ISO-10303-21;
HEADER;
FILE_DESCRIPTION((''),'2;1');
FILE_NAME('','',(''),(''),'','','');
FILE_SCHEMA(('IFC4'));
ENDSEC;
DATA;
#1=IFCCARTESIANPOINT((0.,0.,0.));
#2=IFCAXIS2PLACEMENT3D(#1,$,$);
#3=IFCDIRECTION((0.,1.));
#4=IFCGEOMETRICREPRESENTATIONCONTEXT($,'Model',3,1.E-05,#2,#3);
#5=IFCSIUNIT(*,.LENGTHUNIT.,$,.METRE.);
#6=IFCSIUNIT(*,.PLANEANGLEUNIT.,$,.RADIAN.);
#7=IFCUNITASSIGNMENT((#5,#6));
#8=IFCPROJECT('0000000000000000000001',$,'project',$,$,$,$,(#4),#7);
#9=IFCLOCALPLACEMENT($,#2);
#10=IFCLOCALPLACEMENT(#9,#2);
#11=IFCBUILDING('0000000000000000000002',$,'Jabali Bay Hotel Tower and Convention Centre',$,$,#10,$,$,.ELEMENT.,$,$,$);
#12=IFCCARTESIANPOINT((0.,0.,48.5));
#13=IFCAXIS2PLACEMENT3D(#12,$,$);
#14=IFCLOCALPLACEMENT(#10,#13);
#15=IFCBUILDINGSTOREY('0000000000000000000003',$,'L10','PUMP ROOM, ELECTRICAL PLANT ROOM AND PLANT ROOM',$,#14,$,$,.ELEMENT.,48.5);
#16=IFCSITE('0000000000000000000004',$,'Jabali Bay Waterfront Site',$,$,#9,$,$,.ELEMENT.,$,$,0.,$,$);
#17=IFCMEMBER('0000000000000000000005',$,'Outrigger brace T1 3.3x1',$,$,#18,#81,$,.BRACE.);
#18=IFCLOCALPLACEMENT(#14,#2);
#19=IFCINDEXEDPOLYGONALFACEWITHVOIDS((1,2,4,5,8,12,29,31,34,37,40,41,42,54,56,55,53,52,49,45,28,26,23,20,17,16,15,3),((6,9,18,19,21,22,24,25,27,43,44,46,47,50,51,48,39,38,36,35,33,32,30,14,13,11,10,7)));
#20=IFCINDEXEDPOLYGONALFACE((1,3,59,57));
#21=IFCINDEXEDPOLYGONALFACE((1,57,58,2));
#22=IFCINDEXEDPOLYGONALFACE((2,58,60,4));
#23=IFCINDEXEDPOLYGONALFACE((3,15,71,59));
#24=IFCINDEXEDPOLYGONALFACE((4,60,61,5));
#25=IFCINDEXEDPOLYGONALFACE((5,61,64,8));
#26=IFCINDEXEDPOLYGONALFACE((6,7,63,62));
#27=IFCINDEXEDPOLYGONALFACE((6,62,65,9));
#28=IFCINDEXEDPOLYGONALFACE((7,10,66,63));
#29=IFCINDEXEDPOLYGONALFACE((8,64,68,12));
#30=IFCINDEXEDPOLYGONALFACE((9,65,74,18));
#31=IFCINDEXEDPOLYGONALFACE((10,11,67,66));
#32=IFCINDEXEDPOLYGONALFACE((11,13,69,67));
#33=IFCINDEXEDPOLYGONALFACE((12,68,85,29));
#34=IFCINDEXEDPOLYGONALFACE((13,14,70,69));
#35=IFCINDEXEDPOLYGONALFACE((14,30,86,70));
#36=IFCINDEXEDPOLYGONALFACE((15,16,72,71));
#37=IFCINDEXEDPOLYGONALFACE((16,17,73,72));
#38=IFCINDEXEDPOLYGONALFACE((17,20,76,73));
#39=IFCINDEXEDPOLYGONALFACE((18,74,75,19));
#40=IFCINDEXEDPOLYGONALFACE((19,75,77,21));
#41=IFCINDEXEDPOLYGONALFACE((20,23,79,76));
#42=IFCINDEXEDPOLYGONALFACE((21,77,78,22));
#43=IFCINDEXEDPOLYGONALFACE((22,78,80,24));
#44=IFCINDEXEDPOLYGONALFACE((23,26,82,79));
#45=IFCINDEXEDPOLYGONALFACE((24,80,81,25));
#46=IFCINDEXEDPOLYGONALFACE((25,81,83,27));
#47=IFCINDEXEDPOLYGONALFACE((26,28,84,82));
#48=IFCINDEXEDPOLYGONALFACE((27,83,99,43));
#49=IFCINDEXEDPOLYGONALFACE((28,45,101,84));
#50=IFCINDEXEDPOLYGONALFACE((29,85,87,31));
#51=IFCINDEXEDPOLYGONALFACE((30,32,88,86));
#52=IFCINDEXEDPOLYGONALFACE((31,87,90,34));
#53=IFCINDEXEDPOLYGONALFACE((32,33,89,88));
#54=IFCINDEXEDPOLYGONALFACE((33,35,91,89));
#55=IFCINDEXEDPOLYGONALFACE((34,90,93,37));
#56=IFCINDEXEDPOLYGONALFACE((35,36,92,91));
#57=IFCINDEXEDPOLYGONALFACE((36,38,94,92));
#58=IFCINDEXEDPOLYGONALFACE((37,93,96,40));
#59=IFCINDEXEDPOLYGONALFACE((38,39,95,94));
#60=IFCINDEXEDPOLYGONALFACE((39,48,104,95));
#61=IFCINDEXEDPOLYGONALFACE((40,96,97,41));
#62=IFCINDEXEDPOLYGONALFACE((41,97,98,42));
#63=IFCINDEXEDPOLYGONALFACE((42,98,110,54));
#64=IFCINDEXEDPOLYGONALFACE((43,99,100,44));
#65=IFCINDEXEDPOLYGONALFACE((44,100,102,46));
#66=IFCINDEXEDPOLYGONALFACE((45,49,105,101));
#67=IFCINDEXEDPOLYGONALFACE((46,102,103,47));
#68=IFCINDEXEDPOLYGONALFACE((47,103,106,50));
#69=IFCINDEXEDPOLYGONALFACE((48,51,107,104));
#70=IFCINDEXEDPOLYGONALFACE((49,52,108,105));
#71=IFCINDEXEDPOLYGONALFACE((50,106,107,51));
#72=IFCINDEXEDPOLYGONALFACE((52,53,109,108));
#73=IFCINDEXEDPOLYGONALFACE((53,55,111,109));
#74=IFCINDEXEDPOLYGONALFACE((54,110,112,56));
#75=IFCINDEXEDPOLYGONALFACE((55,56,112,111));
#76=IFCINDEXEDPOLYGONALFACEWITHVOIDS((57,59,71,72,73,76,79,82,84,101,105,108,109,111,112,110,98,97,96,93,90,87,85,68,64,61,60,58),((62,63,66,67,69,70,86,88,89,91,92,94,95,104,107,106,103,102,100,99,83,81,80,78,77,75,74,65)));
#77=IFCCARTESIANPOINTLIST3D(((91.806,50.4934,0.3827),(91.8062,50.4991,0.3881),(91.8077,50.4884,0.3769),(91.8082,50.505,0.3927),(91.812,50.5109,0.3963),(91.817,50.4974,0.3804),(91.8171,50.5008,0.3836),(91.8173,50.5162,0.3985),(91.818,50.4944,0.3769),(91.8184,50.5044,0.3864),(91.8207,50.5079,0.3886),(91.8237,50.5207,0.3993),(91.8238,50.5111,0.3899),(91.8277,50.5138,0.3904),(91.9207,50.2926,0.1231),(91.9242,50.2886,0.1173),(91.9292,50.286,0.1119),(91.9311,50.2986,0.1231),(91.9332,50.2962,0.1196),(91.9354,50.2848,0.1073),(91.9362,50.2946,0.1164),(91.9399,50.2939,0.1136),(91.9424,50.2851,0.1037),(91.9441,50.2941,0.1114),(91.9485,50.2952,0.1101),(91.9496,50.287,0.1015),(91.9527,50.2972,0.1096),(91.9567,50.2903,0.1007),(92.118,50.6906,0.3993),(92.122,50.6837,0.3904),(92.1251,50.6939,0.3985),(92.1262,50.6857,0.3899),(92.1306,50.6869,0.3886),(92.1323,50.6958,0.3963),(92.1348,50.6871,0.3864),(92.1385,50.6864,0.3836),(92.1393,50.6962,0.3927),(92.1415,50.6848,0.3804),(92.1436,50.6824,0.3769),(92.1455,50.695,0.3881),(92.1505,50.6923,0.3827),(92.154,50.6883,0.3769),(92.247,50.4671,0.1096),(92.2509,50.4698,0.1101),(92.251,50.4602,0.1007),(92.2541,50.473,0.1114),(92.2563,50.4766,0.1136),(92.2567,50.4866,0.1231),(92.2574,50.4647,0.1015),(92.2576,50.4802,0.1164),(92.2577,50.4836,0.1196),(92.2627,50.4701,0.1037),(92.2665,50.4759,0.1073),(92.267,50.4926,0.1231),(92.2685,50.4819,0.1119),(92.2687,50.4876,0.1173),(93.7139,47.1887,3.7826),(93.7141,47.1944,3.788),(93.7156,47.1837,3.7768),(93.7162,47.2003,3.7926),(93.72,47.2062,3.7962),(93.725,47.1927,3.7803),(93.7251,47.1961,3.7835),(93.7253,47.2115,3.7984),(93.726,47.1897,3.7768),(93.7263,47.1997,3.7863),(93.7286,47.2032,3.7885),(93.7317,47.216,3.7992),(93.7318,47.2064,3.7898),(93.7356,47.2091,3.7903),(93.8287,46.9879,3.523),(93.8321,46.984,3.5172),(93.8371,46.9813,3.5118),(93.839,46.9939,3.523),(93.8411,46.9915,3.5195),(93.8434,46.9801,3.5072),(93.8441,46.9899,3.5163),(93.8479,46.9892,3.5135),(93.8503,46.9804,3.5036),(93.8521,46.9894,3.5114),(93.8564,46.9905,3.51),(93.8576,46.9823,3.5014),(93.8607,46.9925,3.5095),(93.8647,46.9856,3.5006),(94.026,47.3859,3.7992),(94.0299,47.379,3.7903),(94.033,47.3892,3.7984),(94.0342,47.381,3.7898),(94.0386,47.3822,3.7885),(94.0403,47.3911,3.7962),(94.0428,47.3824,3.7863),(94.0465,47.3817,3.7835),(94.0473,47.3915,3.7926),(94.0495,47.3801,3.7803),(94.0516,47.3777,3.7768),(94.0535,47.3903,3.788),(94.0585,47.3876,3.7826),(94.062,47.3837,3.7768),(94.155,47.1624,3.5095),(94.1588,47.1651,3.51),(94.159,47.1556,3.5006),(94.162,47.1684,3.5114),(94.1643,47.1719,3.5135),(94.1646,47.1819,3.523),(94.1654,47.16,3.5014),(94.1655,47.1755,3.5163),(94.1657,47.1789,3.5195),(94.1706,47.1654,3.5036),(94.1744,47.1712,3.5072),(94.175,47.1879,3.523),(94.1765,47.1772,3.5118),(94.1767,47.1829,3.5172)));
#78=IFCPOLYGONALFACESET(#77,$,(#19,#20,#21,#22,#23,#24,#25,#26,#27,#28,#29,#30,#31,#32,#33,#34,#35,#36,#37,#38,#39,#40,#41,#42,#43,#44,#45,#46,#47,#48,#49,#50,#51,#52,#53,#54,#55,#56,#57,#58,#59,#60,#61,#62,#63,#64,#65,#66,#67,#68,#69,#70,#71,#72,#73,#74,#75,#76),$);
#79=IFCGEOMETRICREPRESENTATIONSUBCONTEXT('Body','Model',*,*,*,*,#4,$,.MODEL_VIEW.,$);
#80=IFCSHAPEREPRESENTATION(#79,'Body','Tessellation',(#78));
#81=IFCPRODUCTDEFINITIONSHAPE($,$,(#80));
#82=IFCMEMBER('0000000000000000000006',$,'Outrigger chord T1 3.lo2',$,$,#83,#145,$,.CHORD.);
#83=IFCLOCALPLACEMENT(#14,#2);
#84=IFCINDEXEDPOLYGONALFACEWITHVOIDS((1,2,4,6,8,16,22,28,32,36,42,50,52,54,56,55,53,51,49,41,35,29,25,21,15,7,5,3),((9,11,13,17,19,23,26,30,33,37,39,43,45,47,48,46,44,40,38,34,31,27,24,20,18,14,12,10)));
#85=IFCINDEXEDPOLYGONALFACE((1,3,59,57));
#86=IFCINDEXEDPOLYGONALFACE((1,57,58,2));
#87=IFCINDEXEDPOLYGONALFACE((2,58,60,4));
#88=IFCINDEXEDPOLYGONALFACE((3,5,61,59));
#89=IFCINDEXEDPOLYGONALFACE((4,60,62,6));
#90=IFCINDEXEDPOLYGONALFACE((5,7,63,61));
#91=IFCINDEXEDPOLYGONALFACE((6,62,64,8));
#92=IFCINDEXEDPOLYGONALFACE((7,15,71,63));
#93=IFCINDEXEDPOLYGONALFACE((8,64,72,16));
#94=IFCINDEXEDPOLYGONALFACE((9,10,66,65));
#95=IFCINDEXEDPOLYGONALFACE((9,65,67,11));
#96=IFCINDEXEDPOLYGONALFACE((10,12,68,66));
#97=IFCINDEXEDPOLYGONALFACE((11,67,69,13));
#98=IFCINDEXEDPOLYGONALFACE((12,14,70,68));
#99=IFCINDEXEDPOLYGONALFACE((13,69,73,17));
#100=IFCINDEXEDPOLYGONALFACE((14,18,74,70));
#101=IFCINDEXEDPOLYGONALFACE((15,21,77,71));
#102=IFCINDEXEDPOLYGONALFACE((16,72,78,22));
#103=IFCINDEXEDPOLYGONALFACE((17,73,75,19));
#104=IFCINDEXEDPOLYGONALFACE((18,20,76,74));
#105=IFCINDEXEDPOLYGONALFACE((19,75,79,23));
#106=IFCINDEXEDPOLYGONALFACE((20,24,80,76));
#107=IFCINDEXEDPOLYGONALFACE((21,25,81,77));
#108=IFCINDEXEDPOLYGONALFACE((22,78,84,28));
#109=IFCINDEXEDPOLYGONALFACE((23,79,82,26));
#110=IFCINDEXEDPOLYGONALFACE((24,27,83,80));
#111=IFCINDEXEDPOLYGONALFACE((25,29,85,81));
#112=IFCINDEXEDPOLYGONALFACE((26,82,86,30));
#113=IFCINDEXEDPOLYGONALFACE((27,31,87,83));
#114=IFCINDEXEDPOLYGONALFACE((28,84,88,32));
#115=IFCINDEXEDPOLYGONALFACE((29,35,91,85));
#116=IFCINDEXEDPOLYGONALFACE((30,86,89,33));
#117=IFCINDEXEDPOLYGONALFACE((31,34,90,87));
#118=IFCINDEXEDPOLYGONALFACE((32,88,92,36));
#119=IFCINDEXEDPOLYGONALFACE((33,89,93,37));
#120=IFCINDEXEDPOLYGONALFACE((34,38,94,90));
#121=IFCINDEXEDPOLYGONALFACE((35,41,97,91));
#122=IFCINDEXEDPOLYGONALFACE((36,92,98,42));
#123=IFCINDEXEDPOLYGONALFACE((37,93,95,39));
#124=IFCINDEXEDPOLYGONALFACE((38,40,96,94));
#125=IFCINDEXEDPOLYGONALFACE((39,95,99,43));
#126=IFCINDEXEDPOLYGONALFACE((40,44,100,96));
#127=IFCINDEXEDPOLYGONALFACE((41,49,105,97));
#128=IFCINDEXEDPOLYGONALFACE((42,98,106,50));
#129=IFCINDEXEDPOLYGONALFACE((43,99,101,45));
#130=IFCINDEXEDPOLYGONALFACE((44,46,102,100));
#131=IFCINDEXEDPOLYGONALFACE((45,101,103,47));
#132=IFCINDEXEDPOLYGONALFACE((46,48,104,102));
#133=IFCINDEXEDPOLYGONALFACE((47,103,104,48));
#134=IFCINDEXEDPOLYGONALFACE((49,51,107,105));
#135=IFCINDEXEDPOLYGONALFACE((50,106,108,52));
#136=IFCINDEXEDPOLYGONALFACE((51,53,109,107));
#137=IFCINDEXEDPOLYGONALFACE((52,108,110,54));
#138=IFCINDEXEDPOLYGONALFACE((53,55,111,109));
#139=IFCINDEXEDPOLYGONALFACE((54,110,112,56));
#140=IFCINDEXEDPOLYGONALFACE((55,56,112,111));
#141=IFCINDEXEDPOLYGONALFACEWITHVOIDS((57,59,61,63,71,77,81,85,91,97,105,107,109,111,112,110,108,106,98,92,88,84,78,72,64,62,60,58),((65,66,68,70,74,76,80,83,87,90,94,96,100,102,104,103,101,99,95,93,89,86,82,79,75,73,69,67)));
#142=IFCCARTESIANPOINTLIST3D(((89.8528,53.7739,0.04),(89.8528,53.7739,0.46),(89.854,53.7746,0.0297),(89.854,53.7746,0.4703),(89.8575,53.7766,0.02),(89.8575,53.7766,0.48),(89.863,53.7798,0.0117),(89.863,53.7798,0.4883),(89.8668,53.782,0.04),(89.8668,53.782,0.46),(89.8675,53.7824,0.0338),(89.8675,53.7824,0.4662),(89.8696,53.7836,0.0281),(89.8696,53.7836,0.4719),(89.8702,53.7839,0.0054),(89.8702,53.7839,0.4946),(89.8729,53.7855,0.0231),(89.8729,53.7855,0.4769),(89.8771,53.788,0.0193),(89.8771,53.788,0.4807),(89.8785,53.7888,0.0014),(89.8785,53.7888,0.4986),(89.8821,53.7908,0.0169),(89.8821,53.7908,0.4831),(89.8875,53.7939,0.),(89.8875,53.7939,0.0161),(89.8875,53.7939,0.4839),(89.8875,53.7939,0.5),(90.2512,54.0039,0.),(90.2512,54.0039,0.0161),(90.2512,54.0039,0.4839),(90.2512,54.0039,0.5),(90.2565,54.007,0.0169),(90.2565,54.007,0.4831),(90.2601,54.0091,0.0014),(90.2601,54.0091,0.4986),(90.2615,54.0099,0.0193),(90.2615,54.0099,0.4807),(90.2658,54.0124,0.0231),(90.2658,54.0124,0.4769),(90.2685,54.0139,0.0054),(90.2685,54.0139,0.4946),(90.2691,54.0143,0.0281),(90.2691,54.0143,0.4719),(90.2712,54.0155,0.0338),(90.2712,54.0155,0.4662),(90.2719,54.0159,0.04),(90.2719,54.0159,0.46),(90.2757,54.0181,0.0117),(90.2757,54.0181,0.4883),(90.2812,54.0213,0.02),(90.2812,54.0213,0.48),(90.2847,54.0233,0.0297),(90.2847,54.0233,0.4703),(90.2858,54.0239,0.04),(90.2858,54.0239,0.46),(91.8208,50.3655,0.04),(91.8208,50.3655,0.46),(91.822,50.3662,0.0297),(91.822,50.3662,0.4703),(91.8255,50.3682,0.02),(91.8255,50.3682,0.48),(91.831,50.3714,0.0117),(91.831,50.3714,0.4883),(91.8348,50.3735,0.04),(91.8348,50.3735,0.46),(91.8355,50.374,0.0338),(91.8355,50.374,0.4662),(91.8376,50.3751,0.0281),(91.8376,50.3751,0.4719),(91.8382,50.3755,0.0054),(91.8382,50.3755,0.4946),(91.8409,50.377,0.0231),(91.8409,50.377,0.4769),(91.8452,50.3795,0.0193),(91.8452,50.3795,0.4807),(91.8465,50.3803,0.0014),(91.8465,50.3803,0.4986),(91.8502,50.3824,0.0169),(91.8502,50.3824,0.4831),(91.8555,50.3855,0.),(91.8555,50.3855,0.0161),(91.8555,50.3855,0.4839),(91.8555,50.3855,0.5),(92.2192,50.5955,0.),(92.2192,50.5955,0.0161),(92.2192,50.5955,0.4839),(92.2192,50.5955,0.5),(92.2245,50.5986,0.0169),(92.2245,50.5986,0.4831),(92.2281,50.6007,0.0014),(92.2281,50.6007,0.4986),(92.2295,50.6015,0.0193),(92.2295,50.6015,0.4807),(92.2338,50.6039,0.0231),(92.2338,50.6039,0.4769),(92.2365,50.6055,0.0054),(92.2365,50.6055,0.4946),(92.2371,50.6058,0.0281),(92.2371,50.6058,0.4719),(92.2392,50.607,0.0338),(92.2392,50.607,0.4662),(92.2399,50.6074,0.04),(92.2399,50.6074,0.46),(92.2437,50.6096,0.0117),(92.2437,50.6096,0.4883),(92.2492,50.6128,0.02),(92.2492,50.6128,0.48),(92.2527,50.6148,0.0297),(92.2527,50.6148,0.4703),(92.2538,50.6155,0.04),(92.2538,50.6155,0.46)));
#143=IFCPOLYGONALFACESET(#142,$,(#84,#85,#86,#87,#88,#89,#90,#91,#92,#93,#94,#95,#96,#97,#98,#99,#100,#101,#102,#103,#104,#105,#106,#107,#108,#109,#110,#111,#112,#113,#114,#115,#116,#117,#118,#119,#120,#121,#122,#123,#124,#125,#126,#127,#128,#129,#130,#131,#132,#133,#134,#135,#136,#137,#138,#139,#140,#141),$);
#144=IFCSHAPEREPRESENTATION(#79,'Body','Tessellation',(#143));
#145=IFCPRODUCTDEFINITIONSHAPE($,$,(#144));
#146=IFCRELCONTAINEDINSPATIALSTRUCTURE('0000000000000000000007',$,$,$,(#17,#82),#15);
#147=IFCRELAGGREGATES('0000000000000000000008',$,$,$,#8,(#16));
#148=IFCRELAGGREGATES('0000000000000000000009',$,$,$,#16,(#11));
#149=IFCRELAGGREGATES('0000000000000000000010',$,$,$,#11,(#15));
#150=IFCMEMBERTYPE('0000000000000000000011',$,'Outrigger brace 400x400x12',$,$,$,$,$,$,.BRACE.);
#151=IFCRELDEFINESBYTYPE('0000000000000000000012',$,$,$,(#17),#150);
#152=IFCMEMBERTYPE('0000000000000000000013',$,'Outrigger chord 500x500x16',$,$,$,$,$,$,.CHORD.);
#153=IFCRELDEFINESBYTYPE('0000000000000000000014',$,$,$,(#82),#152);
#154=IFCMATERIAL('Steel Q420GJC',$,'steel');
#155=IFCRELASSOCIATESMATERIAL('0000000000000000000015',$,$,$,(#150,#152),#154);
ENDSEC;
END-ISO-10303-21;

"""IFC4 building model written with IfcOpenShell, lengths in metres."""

from ifc_helpers import new_model, si_unit, direction, frame, origin, origin_2d, place, context, subcontext, project, spatial, hollow_rectangle, extrude, material, material_profile, profile_set, type_object, element, save


model = new_model("IFC4")

# Units and contexts
model_context = context("Model", 3, precision=1e-05, world=origin(), true_north=direction((0.0, 1.0)))
body_context = subcontext(model_context, "Body", "Model", "MODEL_VIEW")
ifc_project = project(units=[si_unit("LENGTHUNIT", "METRE"), si_unit("PLANEANGLEUNIT", "RADIAN")], contexts=[model_context])

# Site, building, storey
site_placement = place(None, origin())
site = spatial("IfcSite", under=ifc_project, at=site_placement, Name="Jabali Bay Waterfront Site", CompositionType="ELEMENT", RefElevation=0.0)
building_placement = place(site_placement, origin())
building = spatial("IfcBuilding", under=site, at=building_placement, Name="Jabali Bay Hotel Tower and Convention Centre", CompositionType="ELEMENT")
storey_placement = place(building_placement, frame((0.0, 0.0, 48.5)))
storey = spatial("IfcBuildingStorey", under=building, at=storey_placement, Name="L10", Description="PUMP ROOM, ELECTRICAL PLANT ROOM AND PLANT ROOM", CompositionType="ELEMENT", Elevation=48.5)

# Members
ifc_material_1 = material(Name="Steel Q420GJC", Category="steel")
ifc_material_profile_1 = material_profile(ifc_material_1, hollow_rectangle(XDim=0.3999, YDim=0.3999, WallThickness=0.012, InnerFilletRadius=0.0181, OuterFilletRadius=0.03, at=origin_2d()), Name="Outrigger brace 400x400x12")
ifc_profile_set_1 = profile_set([ifc_material_profile_1], Name="Steel Q420GJC")
member_type_1 = type_object("IfcMemberType", Name="Outrigger brace 400x400x12", PredefinedType="BRACE", material=ifc_profile_set_1)
member_1_placement = place(storey_placement, frame((92.0374, 50.4905, 0.25), z_axis=(0.373317, -0.646605, 0.665235), x_axis=(0.866026, 0.499999, 0.0)))
element("IfcMember", 1, at=member_1_placement, inside=storey, type_object=member_type_1, Name="Outrigger brace T1 3.3x1", PredefinedType="BRACE", context=body_context, shape_type="SweptSolid", body=[
    extrude(hollow_rectangle(XDim=0.3999, YDim=0.3999, WallThickness=0.012, InnerFilletRadius=0.0181, OuterFilletRadius=0.03, at=origin_2d()), origin(), (0.0, 0.0, 1.0), 5.1108),
])
ifc_material_profile_2 = material_profile(ifc_material_1, hollow_rectangle(XDim=0.5, YDim=0.5, WallThickness=0.0161, InnerFilletRadius=0.0239, OuterFilletRadius=0.04, at=origin_2d()), Name="Outrigger chord 500x500x16")
ifc_profile_set_2 = profile_set([ifc_material_profile_2], Name="Steel Q420GJC")
member_type_2 = type_object("IfcMemberType", Name="Outrigger chord 500x500x16", PredefinedType="CHORD", material=ifc_profile_set_2)
for number, where, z_axis, x_axis, name in (
    (2, (90.0693, 53.8989, 0.25), (0.500029, -0.866009, 0.0), (0.866009, 0.500029, 0.0), "Outrigger chord T1 3.lo2"),
):
    element("IfcMember", number, at=place(storey_placement, frame(where, z_axis=z_axis, x_axis=x_axis)), inside=storey, type_object=member_type_2, Name=name, PredefinedType="CHORD", context=body_context, shape_type="SweptSolid", body=[
        extrude(hollow_rectangle(XDim=0.5, YDim=0.5, WallThickness=0.0161, InnerFilletRadius=0.0239, OuterFilletRadius=0.04, at=origin_2d()), origin(), (0.0, 0.0, 1.0), 3.9358),
    ])

save(model, "model.ifc")
